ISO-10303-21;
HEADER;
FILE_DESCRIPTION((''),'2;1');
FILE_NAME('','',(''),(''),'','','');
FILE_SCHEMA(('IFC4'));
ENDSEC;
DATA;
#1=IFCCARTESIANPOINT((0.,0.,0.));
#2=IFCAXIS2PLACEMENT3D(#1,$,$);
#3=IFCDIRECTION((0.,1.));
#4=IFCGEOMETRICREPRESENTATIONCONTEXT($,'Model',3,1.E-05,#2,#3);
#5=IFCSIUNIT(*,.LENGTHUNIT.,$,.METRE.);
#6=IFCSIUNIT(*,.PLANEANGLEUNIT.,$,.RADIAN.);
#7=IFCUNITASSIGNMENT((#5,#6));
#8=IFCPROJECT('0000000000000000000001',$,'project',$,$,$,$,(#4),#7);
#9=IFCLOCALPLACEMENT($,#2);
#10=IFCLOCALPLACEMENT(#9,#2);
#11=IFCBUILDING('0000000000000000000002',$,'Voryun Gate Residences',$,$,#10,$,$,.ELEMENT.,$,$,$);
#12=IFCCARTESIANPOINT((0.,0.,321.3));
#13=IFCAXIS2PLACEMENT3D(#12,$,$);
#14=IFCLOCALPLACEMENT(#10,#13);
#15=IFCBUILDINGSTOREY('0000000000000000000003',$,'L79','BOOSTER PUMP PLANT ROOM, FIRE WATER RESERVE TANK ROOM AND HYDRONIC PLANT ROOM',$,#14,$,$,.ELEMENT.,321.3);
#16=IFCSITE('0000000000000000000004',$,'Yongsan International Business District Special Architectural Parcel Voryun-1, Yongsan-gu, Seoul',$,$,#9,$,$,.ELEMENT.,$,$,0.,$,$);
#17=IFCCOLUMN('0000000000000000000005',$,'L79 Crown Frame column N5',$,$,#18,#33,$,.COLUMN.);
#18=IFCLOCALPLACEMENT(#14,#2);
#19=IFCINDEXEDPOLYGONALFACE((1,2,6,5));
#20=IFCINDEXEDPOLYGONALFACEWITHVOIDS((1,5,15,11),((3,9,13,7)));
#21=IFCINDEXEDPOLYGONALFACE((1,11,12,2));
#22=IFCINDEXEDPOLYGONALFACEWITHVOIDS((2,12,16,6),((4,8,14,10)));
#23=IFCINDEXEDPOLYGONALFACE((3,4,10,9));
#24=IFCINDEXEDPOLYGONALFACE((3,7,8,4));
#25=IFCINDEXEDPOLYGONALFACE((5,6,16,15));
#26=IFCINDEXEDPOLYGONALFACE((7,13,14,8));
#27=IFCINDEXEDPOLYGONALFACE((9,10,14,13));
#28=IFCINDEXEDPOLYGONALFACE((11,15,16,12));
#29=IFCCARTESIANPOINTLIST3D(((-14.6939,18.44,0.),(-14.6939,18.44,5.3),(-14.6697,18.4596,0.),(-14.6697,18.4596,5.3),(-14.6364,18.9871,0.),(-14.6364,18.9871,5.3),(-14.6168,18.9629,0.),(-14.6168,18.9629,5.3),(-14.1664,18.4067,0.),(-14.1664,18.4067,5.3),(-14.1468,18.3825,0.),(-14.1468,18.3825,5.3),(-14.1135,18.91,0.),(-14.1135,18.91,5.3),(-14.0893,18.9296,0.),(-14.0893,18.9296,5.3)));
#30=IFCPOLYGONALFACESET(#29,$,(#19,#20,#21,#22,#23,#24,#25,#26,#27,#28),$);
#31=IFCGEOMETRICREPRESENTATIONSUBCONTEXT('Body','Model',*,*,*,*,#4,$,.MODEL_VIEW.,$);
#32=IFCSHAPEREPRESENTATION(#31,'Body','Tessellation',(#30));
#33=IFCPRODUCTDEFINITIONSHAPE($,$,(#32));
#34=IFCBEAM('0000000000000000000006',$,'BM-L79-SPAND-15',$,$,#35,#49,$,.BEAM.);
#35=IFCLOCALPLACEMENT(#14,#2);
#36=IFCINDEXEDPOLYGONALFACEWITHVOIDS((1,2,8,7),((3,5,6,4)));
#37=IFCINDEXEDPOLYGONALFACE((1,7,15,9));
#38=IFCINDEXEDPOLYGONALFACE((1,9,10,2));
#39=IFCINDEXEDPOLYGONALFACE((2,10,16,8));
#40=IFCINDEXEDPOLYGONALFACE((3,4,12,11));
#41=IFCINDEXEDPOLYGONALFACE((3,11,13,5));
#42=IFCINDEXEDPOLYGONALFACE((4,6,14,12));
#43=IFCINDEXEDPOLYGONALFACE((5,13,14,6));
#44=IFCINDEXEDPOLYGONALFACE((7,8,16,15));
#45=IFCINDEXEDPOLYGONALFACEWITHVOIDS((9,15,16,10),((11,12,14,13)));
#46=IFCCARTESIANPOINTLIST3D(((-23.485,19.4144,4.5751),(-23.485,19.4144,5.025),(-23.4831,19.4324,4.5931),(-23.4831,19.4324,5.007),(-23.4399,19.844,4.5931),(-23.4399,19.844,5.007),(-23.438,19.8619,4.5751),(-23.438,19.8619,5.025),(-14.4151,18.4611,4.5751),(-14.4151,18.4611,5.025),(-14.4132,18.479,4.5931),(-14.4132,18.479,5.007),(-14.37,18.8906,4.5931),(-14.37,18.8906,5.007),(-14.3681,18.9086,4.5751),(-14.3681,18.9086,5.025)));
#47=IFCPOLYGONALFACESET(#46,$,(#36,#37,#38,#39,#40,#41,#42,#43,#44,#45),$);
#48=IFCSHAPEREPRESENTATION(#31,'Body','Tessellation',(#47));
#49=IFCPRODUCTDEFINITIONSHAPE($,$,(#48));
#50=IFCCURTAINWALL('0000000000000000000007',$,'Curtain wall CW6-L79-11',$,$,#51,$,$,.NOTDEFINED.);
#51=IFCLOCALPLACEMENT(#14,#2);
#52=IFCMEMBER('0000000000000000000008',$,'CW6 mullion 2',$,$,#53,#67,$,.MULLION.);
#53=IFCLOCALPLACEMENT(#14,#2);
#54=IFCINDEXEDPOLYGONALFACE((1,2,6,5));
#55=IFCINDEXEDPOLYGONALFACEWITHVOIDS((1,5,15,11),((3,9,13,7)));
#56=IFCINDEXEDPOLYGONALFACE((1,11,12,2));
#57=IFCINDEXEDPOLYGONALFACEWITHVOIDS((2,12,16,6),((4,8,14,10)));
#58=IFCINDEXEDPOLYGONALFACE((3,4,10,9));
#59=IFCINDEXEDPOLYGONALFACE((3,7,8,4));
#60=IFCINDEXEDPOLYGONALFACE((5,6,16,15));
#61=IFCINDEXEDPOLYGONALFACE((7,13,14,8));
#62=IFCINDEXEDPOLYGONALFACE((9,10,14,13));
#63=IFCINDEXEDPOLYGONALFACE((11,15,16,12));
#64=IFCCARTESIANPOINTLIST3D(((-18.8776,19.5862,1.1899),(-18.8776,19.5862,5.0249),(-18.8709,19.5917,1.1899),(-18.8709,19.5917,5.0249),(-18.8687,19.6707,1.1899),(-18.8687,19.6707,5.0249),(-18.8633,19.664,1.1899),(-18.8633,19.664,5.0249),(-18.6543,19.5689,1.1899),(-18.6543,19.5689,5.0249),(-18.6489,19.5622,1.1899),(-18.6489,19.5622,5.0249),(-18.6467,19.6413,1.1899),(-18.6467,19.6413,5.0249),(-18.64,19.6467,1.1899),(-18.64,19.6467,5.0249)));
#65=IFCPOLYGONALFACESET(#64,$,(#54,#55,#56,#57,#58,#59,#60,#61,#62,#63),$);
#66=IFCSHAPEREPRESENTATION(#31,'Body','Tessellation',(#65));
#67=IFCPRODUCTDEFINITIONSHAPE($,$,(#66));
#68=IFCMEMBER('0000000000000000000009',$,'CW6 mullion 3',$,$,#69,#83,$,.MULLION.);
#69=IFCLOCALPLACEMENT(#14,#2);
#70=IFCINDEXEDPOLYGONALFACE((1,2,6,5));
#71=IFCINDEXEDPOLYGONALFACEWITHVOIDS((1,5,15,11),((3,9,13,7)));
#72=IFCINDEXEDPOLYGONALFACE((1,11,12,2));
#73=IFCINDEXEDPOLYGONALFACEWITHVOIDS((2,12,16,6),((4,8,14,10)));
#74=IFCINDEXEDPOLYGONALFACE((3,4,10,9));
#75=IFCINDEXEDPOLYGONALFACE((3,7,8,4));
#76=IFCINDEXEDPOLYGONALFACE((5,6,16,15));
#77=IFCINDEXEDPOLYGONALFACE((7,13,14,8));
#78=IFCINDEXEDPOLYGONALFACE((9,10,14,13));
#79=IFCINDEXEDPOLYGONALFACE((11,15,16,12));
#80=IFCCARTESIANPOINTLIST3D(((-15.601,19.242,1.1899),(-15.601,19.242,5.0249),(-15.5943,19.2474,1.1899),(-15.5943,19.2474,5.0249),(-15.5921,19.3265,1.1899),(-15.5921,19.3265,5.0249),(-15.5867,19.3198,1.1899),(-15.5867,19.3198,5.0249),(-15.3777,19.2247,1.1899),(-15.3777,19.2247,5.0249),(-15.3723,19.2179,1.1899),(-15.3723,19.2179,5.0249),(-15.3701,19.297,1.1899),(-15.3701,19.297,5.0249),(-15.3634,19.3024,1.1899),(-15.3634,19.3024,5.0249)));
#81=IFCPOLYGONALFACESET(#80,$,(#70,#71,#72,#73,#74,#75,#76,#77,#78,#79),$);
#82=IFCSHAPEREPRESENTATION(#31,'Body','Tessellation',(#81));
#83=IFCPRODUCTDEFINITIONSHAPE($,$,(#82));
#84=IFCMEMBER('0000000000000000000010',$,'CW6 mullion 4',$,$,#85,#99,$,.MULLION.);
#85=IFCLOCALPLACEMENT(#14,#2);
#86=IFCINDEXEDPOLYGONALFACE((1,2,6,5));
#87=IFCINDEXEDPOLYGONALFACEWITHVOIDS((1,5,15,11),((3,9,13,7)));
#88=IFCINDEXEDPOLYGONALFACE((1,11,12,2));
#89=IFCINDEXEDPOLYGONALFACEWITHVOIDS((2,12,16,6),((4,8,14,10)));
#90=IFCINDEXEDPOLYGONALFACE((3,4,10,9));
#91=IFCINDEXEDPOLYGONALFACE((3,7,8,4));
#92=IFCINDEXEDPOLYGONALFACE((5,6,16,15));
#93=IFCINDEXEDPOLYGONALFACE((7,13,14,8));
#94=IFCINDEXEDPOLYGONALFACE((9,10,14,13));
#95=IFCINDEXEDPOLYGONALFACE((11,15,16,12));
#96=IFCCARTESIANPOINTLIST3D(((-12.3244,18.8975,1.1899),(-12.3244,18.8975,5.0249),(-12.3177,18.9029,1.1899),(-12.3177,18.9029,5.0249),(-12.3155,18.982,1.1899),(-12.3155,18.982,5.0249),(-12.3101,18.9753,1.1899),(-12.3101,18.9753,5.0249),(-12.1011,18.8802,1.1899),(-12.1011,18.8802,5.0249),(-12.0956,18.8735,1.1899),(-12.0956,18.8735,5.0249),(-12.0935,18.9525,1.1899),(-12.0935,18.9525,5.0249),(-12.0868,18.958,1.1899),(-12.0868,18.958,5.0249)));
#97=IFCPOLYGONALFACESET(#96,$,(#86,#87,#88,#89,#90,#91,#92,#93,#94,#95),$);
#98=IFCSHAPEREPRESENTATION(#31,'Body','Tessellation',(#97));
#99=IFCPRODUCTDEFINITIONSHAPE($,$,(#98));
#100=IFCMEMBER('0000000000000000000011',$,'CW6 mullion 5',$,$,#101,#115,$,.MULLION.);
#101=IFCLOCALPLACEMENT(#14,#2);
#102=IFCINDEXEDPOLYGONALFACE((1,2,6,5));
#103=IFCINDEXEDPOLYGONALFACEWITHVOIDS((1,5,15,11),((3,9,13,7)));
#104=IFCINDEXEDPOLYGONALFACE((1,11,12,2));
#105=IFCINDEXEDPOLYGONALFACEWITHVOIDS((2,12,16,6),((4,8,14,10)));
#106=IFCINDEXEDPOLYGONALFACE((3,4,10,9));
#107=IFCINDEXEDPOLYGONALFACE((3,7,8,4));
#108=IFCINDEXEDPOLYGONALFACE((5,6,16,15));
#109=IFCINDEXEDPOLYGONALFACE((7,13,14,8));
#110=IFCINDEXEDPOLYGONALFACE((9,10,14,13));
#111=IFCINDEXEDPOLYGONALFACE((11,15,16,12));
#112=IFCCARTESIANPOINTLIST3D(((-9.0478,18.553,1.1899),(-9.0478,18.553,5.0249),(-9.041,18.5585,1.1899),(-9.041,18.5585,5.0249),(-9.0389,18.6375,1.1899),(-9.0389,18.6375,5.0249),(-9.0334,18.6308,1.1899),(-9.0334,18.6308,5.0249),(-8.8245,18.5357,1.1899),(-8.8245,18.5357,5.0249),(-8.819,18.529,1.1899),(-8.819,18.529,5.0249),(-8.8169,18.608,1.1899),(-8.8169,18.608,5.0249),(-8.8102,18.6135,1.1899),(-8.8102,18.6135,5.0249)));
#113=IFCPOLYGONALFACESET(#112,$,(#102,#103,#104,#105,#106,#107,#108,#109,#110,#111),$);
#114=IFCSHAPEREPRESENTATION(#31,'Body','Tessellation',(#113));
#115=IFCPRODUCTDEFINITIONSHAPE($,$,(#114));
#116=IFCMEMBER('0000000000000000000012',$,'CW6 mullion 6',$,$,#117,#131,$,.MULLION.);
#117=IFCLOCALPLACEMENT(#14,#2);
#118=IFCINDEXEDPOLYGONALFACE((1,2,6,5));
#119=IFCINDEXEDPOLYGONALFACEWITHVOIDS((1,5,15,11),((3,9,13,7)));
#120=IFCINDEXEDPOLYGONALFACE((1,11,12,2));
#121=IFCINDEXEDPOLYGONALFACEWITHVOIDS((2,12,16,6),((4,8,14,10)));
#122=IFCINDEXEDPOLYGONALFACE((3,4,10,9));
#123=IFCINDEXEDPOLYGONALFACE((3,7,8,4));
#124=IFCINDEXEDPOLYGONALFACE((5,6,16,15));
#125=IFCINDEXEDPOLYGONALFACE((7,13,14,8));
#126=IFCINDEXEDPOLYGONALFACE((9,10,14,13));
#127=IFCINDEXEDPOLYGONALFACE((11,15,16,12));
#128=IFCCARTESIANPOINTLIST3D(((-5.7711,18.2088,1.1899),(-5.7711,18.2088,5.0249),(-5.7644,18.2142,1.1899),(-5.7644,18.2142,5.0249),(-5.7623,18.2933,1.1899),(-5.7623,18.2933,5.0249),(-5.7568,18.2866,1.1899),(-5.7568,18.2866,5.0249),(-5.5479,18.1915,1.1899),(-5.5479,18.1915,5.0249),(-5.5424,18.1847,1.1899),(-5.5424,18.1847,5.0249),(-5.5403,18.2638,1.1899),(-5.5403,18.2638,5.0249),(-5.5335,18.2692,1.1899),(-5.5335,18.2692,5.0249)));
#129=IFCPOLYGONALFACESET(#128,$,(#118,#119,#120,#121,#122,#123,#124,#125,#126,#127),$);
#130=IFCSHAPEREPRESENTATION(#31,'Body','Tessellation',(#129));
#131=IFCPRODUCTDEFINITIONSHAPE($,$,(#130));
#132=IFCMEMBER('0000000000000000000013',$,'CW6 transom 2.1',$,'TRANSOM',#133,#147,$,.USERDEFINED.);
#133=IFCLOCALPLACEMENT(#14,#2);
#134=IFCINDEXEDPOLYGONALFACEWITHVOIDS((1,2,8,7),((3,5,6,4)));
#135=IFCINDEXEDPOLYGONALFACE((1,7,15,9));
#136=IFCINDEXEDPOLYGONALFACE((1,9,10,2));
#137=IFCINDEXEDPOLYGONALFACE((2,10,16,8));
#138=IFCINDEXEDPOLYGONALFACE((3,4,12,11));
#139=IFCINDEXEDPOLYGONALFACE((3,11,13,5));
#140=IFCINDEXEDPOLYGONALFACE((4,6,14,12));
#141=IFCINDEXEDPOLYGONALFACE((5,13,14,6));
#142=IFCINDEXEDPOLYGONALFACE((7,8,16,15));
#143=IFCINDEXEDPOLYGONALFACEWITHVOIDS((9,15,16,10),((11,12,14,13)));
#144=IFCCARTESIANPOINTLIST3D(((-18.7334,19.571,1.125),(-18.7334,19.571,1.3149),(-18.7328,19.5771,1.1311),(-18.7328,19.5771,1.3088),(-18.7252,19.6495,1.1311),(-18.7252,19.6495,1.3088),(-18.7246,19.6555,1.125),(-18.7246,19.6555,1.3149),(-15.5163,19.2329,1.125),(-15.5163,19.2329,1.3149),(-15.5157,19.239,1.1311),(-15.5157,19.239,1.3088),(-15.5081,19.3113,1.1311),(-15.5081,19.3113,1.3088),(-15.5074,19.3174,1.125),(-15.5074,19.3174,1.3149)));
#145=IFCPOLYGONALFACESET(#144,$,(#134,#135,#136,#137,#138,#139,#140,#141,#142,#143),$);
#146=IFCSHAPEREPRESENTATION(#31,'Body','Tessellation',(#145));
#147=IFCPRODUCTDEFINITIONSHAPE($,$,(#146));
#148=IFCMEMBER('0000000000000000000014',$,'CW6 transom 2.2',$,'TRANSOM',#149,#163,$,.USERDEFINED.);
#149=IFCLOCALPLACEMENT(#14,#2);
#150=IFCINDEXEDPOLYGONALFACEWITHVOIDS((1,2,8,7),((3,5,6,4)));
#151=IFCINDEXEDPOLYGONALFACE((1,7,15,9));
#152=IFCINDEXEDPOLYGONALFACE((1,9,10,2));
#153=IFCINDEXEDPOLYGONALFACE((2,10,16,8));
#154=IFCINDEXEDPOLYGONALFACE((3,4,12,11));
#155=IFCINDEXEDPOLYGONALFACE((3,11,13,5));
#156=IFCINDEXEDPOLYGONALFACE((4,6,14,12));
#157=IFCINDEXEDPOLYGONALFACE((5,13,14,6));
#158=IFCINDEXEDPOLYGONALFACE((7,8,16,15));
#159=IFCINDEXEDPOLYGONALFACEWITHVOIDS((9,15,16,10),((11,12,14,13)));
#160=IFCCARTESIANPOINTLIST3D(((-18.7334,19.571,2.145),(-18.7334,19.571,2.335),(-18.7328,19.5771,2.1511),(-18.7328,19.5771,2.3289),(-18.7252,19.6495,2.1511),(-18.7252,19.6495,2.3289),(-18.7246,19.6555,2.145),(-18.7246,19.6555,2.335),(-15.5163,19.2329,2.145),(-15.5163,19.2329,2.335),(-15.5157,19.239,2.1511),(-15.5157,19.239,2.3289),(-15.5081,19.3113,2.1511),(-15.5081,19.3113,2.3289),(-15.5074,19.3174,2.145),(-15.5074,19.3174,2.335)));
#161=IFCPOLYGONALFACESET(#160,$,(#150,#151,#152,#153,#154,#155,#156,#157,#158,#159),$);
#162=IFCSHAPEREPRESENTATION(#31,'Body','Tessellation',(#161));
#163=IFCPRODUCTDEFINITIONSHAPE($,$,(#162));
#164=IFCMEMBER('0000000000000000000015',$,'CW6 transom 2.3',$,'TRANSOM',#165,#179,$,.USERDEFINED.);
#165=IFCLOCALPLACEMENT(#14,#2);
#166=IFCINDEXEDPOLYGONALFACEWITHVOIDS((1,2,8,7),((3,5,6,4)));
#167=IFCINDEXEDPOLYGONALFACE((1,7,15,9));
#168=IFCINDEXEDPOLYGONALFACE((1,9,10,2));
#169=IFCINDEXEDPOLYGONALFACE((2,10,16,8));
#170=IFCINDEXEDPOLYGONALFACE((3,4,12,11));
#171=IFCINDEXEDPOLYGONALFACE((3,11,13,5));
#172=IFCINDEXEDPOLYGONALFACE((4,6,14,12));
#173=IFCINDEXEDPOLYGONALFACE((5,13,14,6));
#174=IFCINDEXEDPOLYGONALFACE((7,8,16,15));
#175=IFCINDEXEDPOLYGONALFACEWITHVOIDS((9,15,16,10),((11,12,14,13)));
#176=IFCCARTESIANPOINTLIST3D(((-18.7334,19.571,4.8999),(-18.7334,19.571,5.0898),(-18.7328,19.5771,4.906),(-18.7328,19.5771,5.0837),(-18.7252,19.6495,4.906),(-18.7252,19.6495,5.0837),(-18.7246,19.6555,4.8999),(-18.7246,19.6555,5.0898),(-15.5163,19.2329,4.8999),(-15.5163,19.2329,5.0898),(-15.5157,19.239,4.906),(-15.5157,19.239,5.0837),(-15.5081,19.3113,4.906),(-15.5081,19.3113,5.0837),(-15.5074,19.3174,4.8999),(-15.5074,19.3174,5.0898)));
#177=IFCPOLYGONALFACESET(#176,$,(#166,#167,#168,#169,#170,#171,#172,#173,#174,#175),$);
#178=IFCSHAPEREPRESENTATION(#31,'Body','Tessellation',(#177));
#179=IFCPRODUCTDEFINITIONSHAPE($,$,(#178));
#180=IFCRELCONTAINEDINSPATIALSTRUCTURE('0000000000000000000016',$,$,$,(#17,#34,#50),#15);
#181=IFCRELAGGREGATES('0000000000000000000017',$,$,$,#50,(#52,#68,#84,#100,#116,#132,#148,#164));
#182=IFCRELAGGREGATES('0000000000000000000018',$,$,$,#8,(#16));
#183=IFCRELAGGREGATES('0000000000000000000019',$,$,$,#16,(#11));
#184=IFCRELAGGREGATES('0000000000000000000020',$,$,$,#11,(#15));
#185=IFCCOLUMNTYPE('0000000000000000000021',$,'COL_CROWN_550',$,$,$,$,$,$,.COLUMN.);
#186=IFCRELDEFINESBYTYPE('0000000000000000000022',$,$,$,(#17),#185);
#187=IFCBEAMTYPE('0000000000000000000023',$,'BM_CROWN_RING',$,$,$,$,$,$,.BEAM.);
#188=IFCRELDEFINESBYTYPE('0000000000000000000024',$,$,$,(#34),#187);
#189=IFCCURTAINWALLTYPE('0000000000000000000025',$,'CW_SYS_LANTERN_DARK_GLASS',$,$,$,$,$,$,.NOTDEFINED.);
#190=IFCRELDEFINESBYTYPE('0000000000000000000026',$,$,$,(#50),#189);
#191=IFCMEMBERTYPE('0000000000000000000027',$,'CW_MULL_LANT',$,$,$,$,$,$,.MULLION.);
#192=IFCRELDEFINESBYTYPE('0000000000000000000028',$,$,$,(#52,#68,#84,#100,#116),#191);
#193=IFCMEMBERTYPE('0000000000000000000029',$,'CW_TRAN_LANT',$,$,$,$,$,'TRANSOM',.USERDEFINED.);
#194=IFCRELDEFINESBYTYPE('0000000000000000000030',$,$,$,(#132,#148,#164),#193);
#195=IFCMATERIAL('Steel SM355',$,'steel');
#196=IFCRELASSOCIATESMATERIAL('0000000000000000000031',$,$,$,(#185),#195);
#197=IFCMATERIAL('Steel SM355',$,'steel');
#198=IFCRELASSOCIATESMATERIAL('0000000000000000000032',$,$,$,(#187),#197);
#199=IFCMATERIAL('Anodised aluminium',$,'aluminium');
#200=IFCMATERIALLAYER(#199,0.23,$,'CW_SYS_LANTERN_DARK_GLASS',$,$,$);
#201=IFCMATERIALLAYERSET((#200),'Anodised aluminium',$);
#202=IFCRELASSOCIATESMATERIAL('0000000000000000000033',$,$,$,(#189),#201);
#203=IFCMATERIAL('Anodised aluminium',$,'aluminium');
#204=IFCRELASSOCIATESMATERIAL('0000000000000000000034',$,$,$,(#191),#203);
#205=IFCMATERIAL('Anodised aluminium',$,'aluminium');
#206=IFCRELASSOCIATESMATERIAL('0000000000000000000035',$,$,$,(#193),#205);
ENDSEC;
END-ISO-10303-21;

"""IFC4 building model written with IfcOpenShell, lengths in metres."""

from ifc_helpers import new_model, si_unit, direction, frame, origin, origin_2d, place, context, subcontext, project, spatial, hollow_rectangle, extrude, material, layer, layer_set, material_profile, profile_set, type_object, element, aggregate, save


model = new_model("IFC4")

# Units and contexts
model_context = context("Model", 3, precision=1e-05, world=origin(), true_north=direction((0.0, 1.0)))
body_context = subcontext(model_context, "Body", "Model", "MODEL_VIEW")
ifc_project = project(units=[si_unit("LENGTHUNIT", "METRE"), si_unit("PLANEANGLEUNIT", "RADIAN")], contexts=[model_context])

# Site, building, storey
site_placement = place(None, origin())
site = spatial("IfcSite", under=ifc_project, at=site_placement, Name="Yongsan International Business District Special Architectural Parcel Voryun-1, Yongsan-gu, Seoul", CompositionType="ELEMENT", RefElevation=0.0)
building_placement = place(site_placement, origin())
building = spatial("IfcBuilding", under=site, at=building_placement, Name="Voryun Gate Residences", CompositionType="ELEMENT")
storey_placement = place(building_placement, frame((0.0, 0.0, 321.3)))
storey = spatial("IfcBuildingStorey", under=building, at=storey_placement, Name="L79", Description="BOOSTER PUMP PLANT ROOM, FIRE WATER RESERVE TANK ROOM AND HYDRONIC PLANT ROOM", CompositionType="ELEMENT", Elevation=321.3)

# Column
ifc_material_1 = material(Name="Steel SM355", Category="steel")
ifc_material_profile_1 = material_profile(ifc_material_1, hollow_rectangle(XDim=0.55, YDim=0.55, WallThickness=0.022, at=origin_2d()), Name="BOX-550x550x22")
ifc_profile_set_1 = profile_set([ifc_material_profile_1], Name="Steel SM355")
column_type = type_object("IfcColumnType", Name="COL_CROWN_550", PredefinedType="COLUMN", material=ifc_profile_set_1)
column_placement = place(storey_placement, frame((-14.3916, 18.6848, 0.0), z_axis=(0.0, 0.0, 1.0), x_axis=(0.994522, -0.104528, 0.0)))
element("IfcColumn", 1, at=column_placement, inside=storey, type_object=column_type, Name="L79 Crown Frame column N5", PredefinedType="COLUMN", context=body_context, shape_type="SweptSolid", body=[
    extrude(hollow_rectangle(XDim=0.55, YDim=0.55, WallThickness=0.022, at=origin_2d()), origin(), (0.0, 0.0, 1.0), 5.3),
])

# Beam
ifc_material_2 = material(Name="Steel SM355", Category="steel")
ifc_material_profile_2 = material_profile(ifc_material_2, hollow_rectangle(XDim=0.45, YDim=0.45, WallThickness=0.0181, at=origin_2d()), Name="BOX-450x450x18")
ifc_profile_set_2 = profile_set([ifc_material_profile_2], Name="Steel SM355")
beam_type = type_object("IfcBeamType", Name="BM_CROWN_RING", PredefinedType="BEAM", material=ifc_profile_set_2)
beam_placement = place(storey_placement, frame((-14.3916, 18.6848, 4.8), z_axis=(-0.994521, 0.104538, 0.0), x_axis=(-0.104538, -0.994521, 0.0)))
element("IfcBeam", 2, at=beam_placement, inside=storey, type_object=beam_type, Name="BM-L79-SPAND-15", PredefinedType="BEAM", context=body_context, shape_type="SweptSolid", body=[
    extrude(hollow_rectangle(XDim=0.45, YDim=0.45, WallThickness=0.0181, at=origin_2d()), origin(), (0.0, 0.0, 1.0), 9.1199),
])

# Curtain wall, members
ifc_material_3 = material(Name="Anodised aluminium", Category="aluminium")
ifc_layer_1 = layer(ifc_material_3, 0.23, Name="CW_SYS_LANTERN_DARK_GLASS")
ifc_layer_set_1 = layer_set([ifc_layer_1], Name="Anodised aluminium")
curtain_wall_type = type_object("IfcCurtainWallType", Name="CW_SYS_LANTERN_DARK_GLASS", PredefinedType="NOTDEFINED", material=ifc_layer_set_1)
curtain_wall_placement = place(storey_placement, origin())
curtain_wall = element("IfcCurtainWall", 3, at=curtain_wall_placement, inside=storey, type_object=curtain_wall_type, Name="Curtain wall CW6-L79-11", PredefinedType="NOTDEFINED")
ifc_material_4 = material(Name="Anodised aluminium", Category="aluminium")
ifc_material_profile_3 = material_profile(ifc_material_4, hollow_rectangle(XDim=0.085, YDim=0.23, WallThickness=0.0061, at=origin_2d()), Name="ALU-MULL-230x85x6")
ifc_profile_set_3 = profile_set([ifc_material_profile_3], Name="Anodised aluminium")
member_type_1 = type_object("IfcMemberType", Name="CW_MULL_LANT", PredefinedType="MULLION", material=ifc_profile_set_3)
member_1_placement = place(storey_placement, frame((-18.7588, 19.6165, 1.1899), z_axis=(0.0, 0.0, 1.0), x_axis=(0.104528, 0.994522, 0.0)))
member_1 = element("IfcMember", 4, at=member_1_placement, type_object=member_type_1, Name="CW6 mullion 2", PredefinedType="MULLION", context=body_context, shape_type="SweptSolid", body=[
    extrude(hollow_rectangle(XDim=0.085, YDim=0.23, WallThickness=0.0061, at=origin_2d()), origin(), (0.0, 0.0, 1.0), 3.835),
])
member_2_placement = place(storey_placement, frame((-15.4822, 19.2722, 1.1899), z_axis=(0.0, 0.0, 1.0), x_axis=(0.104528, 0.994522, 0.0)))
member_2 = element("IfcMember", 5, at=member_2_placement, type_object=member_type_1, Name="CW6 mullion 3", PredefinedType="MULLION", context=body_context, shape_type="SweptSolid", body=[
    extrude(hollow_rectangle(XDim=0.085, YDim=0.23, WallThickness=0.0061, at=origin_2d()), origin(), (0.0, 0.0, 1.0), 3.835),
])
member_3_placement = place(storey_placement, frame((-12.2056, 18.9277, 1.1899), z_axis=(0.0, 0.0, 1.0), x_axis=(0.104528, 0.994522, 0.0)))
member_3 = element("IfcMember", 6, at=member_3_placement, type_object=member_type_1, Name="CW6 mullion 4", PredefinedType="MULLION", context=body_context, shape_type="SweptSolid", body=[
    extrude(hollow_rectangle(XDim=0.085, YDim=0.23, WallThickness=0.0061, at=origin_2d()), origin(), (0.0, 0.0, 1.0), 3.835),
])
member_4_placement = place(storey_placement, frame((-8.929, 18.5833, 1.1899), z_axis=(0.0, 0.0, 1.0), x_axis=(0.104528, 0.994522, 0.0)))
member_4 = element("IfcMember", 7, at=member_4_placement, type_object=member_type_1, Name="CW6 mullion 5", PredefinedType="MULLION", context=body_context, shape_type="SweptSolid", body=[
    extrude(hollow_rectangle(XDim=0.085, YDim=0.23, WallThickness=0.0061, at=origin_2d()), origin(), (0.0, 0.0, 1.0), 3.835),
])
member_5_placement = place(storey_placement, frame((-5.6523, 18.239, 1.1899), z_axis=(0.0, 0.0, 1.0), x_axis=(0.104528, 0.994522, 0.0)))
member_5 = element("IfcMember", 8, at=member_5_placement, type_object=member_type_1, Name="CW6 mullion 6", PredefinedType="MULLION", context=body_context, shape_type="SweptSolid", body=[
    extrude(hollow_rectangle(XDim=0.085, YDim=0.23, WallThickness=0.0061, at=origin_2d()), origin(), (0.0, 0.0, 1.0), 3.835),
])
ifc_material_5 = material(Name="Anodised aluminium", Category="aluminium")
ifc_material_profile_4 = material_profile(ifc_material_5, hollow_rectangle(XDim=0.085, YDim=0.1899, WallThickness=0.0061, at=origin_2d()), Name="ALU-TRAN-190x85x6")
ifc_profile_set_4 = profile_set([ifc_material_profile_4], Name="Anodised aluminium")
member_type_2 = type_object("IfcMemberType", Name="CW_TRAN_LANT", ElementType="TRANSOM", PredefinedType="USERDEFINED", material=ifc_profile_set_4)
member_6_placement = place(storey_placement, frame((-18.729, 19.6133, 1.22), z_axis=(0.994522, -0.104532, 0.0), x_axis=(0.104532, 0.994522, 0.0)))
member_6 = element("IfcMember", 9, at=member_6_placement, type_object=member_type_2, Name="CW6 transom 2.1", ObjectType="TRANSOM", PredefinedType="USERDEFINED", context=body_context, shape_type="SweptSolid", body=[
    extrude(hollow_rectangle(XDim=0.085, YDim=0.1899, WallThickness=0.0061, at=origin_2d()), origin(), (0.0, 0.0, 1.0), 3.2349),
])
member_7_placement = place(storey_placement, frame((-18.729, 19.6133, 2.24), z_axis=(0.994522, -0.104532, 0.0), x_axis=(0.104532, 0.994522, 0.0)))
member_7 = element("IfcMember", 10, at=member_7_placement, type_object=member_type_2, Name="CW6 transom 2.2", ObjectType="TRANSOM", PredefinedType="USERDEFINED", context=body_context, shape_type="SweptSolid", body=[
    extrude(hollow_rectangle(XDim=0.085, YDim=0.1899, WallThickness=0.0061, at=origin_2d()), origin(), (0.0, 0.0, 1.0), 3.2349),
])
member_8_placement = place(storey_placement, frame((-18.729, 19.6133, 4.9949), z_axis=(0.994522, -0.104532, 0.0), x_axis=(0.104532, 0.994522, 0.0)))
member_8 = element("IfcMember", 11, at=member_8_placement, type_object=member_type_2, Name="CW6 transom 2.3", ObjectType="TRANSOM", PredefinedType="USERDEFINED", context=body_context, shape_type="SweptSolid", body=[
    extrude(hollow_rectangle(XDim=0.085, YDim=0.1899, WallThickness=0.0061, at=origin_2d()), origin(), (0.0, 0.0, 1.0), 3.2349),
])

aggregate(curtain_wall, [member_1, member_2, member_3, member_4, member_5, member_6, member_7, member_8])

save(model, "model.ifc")
